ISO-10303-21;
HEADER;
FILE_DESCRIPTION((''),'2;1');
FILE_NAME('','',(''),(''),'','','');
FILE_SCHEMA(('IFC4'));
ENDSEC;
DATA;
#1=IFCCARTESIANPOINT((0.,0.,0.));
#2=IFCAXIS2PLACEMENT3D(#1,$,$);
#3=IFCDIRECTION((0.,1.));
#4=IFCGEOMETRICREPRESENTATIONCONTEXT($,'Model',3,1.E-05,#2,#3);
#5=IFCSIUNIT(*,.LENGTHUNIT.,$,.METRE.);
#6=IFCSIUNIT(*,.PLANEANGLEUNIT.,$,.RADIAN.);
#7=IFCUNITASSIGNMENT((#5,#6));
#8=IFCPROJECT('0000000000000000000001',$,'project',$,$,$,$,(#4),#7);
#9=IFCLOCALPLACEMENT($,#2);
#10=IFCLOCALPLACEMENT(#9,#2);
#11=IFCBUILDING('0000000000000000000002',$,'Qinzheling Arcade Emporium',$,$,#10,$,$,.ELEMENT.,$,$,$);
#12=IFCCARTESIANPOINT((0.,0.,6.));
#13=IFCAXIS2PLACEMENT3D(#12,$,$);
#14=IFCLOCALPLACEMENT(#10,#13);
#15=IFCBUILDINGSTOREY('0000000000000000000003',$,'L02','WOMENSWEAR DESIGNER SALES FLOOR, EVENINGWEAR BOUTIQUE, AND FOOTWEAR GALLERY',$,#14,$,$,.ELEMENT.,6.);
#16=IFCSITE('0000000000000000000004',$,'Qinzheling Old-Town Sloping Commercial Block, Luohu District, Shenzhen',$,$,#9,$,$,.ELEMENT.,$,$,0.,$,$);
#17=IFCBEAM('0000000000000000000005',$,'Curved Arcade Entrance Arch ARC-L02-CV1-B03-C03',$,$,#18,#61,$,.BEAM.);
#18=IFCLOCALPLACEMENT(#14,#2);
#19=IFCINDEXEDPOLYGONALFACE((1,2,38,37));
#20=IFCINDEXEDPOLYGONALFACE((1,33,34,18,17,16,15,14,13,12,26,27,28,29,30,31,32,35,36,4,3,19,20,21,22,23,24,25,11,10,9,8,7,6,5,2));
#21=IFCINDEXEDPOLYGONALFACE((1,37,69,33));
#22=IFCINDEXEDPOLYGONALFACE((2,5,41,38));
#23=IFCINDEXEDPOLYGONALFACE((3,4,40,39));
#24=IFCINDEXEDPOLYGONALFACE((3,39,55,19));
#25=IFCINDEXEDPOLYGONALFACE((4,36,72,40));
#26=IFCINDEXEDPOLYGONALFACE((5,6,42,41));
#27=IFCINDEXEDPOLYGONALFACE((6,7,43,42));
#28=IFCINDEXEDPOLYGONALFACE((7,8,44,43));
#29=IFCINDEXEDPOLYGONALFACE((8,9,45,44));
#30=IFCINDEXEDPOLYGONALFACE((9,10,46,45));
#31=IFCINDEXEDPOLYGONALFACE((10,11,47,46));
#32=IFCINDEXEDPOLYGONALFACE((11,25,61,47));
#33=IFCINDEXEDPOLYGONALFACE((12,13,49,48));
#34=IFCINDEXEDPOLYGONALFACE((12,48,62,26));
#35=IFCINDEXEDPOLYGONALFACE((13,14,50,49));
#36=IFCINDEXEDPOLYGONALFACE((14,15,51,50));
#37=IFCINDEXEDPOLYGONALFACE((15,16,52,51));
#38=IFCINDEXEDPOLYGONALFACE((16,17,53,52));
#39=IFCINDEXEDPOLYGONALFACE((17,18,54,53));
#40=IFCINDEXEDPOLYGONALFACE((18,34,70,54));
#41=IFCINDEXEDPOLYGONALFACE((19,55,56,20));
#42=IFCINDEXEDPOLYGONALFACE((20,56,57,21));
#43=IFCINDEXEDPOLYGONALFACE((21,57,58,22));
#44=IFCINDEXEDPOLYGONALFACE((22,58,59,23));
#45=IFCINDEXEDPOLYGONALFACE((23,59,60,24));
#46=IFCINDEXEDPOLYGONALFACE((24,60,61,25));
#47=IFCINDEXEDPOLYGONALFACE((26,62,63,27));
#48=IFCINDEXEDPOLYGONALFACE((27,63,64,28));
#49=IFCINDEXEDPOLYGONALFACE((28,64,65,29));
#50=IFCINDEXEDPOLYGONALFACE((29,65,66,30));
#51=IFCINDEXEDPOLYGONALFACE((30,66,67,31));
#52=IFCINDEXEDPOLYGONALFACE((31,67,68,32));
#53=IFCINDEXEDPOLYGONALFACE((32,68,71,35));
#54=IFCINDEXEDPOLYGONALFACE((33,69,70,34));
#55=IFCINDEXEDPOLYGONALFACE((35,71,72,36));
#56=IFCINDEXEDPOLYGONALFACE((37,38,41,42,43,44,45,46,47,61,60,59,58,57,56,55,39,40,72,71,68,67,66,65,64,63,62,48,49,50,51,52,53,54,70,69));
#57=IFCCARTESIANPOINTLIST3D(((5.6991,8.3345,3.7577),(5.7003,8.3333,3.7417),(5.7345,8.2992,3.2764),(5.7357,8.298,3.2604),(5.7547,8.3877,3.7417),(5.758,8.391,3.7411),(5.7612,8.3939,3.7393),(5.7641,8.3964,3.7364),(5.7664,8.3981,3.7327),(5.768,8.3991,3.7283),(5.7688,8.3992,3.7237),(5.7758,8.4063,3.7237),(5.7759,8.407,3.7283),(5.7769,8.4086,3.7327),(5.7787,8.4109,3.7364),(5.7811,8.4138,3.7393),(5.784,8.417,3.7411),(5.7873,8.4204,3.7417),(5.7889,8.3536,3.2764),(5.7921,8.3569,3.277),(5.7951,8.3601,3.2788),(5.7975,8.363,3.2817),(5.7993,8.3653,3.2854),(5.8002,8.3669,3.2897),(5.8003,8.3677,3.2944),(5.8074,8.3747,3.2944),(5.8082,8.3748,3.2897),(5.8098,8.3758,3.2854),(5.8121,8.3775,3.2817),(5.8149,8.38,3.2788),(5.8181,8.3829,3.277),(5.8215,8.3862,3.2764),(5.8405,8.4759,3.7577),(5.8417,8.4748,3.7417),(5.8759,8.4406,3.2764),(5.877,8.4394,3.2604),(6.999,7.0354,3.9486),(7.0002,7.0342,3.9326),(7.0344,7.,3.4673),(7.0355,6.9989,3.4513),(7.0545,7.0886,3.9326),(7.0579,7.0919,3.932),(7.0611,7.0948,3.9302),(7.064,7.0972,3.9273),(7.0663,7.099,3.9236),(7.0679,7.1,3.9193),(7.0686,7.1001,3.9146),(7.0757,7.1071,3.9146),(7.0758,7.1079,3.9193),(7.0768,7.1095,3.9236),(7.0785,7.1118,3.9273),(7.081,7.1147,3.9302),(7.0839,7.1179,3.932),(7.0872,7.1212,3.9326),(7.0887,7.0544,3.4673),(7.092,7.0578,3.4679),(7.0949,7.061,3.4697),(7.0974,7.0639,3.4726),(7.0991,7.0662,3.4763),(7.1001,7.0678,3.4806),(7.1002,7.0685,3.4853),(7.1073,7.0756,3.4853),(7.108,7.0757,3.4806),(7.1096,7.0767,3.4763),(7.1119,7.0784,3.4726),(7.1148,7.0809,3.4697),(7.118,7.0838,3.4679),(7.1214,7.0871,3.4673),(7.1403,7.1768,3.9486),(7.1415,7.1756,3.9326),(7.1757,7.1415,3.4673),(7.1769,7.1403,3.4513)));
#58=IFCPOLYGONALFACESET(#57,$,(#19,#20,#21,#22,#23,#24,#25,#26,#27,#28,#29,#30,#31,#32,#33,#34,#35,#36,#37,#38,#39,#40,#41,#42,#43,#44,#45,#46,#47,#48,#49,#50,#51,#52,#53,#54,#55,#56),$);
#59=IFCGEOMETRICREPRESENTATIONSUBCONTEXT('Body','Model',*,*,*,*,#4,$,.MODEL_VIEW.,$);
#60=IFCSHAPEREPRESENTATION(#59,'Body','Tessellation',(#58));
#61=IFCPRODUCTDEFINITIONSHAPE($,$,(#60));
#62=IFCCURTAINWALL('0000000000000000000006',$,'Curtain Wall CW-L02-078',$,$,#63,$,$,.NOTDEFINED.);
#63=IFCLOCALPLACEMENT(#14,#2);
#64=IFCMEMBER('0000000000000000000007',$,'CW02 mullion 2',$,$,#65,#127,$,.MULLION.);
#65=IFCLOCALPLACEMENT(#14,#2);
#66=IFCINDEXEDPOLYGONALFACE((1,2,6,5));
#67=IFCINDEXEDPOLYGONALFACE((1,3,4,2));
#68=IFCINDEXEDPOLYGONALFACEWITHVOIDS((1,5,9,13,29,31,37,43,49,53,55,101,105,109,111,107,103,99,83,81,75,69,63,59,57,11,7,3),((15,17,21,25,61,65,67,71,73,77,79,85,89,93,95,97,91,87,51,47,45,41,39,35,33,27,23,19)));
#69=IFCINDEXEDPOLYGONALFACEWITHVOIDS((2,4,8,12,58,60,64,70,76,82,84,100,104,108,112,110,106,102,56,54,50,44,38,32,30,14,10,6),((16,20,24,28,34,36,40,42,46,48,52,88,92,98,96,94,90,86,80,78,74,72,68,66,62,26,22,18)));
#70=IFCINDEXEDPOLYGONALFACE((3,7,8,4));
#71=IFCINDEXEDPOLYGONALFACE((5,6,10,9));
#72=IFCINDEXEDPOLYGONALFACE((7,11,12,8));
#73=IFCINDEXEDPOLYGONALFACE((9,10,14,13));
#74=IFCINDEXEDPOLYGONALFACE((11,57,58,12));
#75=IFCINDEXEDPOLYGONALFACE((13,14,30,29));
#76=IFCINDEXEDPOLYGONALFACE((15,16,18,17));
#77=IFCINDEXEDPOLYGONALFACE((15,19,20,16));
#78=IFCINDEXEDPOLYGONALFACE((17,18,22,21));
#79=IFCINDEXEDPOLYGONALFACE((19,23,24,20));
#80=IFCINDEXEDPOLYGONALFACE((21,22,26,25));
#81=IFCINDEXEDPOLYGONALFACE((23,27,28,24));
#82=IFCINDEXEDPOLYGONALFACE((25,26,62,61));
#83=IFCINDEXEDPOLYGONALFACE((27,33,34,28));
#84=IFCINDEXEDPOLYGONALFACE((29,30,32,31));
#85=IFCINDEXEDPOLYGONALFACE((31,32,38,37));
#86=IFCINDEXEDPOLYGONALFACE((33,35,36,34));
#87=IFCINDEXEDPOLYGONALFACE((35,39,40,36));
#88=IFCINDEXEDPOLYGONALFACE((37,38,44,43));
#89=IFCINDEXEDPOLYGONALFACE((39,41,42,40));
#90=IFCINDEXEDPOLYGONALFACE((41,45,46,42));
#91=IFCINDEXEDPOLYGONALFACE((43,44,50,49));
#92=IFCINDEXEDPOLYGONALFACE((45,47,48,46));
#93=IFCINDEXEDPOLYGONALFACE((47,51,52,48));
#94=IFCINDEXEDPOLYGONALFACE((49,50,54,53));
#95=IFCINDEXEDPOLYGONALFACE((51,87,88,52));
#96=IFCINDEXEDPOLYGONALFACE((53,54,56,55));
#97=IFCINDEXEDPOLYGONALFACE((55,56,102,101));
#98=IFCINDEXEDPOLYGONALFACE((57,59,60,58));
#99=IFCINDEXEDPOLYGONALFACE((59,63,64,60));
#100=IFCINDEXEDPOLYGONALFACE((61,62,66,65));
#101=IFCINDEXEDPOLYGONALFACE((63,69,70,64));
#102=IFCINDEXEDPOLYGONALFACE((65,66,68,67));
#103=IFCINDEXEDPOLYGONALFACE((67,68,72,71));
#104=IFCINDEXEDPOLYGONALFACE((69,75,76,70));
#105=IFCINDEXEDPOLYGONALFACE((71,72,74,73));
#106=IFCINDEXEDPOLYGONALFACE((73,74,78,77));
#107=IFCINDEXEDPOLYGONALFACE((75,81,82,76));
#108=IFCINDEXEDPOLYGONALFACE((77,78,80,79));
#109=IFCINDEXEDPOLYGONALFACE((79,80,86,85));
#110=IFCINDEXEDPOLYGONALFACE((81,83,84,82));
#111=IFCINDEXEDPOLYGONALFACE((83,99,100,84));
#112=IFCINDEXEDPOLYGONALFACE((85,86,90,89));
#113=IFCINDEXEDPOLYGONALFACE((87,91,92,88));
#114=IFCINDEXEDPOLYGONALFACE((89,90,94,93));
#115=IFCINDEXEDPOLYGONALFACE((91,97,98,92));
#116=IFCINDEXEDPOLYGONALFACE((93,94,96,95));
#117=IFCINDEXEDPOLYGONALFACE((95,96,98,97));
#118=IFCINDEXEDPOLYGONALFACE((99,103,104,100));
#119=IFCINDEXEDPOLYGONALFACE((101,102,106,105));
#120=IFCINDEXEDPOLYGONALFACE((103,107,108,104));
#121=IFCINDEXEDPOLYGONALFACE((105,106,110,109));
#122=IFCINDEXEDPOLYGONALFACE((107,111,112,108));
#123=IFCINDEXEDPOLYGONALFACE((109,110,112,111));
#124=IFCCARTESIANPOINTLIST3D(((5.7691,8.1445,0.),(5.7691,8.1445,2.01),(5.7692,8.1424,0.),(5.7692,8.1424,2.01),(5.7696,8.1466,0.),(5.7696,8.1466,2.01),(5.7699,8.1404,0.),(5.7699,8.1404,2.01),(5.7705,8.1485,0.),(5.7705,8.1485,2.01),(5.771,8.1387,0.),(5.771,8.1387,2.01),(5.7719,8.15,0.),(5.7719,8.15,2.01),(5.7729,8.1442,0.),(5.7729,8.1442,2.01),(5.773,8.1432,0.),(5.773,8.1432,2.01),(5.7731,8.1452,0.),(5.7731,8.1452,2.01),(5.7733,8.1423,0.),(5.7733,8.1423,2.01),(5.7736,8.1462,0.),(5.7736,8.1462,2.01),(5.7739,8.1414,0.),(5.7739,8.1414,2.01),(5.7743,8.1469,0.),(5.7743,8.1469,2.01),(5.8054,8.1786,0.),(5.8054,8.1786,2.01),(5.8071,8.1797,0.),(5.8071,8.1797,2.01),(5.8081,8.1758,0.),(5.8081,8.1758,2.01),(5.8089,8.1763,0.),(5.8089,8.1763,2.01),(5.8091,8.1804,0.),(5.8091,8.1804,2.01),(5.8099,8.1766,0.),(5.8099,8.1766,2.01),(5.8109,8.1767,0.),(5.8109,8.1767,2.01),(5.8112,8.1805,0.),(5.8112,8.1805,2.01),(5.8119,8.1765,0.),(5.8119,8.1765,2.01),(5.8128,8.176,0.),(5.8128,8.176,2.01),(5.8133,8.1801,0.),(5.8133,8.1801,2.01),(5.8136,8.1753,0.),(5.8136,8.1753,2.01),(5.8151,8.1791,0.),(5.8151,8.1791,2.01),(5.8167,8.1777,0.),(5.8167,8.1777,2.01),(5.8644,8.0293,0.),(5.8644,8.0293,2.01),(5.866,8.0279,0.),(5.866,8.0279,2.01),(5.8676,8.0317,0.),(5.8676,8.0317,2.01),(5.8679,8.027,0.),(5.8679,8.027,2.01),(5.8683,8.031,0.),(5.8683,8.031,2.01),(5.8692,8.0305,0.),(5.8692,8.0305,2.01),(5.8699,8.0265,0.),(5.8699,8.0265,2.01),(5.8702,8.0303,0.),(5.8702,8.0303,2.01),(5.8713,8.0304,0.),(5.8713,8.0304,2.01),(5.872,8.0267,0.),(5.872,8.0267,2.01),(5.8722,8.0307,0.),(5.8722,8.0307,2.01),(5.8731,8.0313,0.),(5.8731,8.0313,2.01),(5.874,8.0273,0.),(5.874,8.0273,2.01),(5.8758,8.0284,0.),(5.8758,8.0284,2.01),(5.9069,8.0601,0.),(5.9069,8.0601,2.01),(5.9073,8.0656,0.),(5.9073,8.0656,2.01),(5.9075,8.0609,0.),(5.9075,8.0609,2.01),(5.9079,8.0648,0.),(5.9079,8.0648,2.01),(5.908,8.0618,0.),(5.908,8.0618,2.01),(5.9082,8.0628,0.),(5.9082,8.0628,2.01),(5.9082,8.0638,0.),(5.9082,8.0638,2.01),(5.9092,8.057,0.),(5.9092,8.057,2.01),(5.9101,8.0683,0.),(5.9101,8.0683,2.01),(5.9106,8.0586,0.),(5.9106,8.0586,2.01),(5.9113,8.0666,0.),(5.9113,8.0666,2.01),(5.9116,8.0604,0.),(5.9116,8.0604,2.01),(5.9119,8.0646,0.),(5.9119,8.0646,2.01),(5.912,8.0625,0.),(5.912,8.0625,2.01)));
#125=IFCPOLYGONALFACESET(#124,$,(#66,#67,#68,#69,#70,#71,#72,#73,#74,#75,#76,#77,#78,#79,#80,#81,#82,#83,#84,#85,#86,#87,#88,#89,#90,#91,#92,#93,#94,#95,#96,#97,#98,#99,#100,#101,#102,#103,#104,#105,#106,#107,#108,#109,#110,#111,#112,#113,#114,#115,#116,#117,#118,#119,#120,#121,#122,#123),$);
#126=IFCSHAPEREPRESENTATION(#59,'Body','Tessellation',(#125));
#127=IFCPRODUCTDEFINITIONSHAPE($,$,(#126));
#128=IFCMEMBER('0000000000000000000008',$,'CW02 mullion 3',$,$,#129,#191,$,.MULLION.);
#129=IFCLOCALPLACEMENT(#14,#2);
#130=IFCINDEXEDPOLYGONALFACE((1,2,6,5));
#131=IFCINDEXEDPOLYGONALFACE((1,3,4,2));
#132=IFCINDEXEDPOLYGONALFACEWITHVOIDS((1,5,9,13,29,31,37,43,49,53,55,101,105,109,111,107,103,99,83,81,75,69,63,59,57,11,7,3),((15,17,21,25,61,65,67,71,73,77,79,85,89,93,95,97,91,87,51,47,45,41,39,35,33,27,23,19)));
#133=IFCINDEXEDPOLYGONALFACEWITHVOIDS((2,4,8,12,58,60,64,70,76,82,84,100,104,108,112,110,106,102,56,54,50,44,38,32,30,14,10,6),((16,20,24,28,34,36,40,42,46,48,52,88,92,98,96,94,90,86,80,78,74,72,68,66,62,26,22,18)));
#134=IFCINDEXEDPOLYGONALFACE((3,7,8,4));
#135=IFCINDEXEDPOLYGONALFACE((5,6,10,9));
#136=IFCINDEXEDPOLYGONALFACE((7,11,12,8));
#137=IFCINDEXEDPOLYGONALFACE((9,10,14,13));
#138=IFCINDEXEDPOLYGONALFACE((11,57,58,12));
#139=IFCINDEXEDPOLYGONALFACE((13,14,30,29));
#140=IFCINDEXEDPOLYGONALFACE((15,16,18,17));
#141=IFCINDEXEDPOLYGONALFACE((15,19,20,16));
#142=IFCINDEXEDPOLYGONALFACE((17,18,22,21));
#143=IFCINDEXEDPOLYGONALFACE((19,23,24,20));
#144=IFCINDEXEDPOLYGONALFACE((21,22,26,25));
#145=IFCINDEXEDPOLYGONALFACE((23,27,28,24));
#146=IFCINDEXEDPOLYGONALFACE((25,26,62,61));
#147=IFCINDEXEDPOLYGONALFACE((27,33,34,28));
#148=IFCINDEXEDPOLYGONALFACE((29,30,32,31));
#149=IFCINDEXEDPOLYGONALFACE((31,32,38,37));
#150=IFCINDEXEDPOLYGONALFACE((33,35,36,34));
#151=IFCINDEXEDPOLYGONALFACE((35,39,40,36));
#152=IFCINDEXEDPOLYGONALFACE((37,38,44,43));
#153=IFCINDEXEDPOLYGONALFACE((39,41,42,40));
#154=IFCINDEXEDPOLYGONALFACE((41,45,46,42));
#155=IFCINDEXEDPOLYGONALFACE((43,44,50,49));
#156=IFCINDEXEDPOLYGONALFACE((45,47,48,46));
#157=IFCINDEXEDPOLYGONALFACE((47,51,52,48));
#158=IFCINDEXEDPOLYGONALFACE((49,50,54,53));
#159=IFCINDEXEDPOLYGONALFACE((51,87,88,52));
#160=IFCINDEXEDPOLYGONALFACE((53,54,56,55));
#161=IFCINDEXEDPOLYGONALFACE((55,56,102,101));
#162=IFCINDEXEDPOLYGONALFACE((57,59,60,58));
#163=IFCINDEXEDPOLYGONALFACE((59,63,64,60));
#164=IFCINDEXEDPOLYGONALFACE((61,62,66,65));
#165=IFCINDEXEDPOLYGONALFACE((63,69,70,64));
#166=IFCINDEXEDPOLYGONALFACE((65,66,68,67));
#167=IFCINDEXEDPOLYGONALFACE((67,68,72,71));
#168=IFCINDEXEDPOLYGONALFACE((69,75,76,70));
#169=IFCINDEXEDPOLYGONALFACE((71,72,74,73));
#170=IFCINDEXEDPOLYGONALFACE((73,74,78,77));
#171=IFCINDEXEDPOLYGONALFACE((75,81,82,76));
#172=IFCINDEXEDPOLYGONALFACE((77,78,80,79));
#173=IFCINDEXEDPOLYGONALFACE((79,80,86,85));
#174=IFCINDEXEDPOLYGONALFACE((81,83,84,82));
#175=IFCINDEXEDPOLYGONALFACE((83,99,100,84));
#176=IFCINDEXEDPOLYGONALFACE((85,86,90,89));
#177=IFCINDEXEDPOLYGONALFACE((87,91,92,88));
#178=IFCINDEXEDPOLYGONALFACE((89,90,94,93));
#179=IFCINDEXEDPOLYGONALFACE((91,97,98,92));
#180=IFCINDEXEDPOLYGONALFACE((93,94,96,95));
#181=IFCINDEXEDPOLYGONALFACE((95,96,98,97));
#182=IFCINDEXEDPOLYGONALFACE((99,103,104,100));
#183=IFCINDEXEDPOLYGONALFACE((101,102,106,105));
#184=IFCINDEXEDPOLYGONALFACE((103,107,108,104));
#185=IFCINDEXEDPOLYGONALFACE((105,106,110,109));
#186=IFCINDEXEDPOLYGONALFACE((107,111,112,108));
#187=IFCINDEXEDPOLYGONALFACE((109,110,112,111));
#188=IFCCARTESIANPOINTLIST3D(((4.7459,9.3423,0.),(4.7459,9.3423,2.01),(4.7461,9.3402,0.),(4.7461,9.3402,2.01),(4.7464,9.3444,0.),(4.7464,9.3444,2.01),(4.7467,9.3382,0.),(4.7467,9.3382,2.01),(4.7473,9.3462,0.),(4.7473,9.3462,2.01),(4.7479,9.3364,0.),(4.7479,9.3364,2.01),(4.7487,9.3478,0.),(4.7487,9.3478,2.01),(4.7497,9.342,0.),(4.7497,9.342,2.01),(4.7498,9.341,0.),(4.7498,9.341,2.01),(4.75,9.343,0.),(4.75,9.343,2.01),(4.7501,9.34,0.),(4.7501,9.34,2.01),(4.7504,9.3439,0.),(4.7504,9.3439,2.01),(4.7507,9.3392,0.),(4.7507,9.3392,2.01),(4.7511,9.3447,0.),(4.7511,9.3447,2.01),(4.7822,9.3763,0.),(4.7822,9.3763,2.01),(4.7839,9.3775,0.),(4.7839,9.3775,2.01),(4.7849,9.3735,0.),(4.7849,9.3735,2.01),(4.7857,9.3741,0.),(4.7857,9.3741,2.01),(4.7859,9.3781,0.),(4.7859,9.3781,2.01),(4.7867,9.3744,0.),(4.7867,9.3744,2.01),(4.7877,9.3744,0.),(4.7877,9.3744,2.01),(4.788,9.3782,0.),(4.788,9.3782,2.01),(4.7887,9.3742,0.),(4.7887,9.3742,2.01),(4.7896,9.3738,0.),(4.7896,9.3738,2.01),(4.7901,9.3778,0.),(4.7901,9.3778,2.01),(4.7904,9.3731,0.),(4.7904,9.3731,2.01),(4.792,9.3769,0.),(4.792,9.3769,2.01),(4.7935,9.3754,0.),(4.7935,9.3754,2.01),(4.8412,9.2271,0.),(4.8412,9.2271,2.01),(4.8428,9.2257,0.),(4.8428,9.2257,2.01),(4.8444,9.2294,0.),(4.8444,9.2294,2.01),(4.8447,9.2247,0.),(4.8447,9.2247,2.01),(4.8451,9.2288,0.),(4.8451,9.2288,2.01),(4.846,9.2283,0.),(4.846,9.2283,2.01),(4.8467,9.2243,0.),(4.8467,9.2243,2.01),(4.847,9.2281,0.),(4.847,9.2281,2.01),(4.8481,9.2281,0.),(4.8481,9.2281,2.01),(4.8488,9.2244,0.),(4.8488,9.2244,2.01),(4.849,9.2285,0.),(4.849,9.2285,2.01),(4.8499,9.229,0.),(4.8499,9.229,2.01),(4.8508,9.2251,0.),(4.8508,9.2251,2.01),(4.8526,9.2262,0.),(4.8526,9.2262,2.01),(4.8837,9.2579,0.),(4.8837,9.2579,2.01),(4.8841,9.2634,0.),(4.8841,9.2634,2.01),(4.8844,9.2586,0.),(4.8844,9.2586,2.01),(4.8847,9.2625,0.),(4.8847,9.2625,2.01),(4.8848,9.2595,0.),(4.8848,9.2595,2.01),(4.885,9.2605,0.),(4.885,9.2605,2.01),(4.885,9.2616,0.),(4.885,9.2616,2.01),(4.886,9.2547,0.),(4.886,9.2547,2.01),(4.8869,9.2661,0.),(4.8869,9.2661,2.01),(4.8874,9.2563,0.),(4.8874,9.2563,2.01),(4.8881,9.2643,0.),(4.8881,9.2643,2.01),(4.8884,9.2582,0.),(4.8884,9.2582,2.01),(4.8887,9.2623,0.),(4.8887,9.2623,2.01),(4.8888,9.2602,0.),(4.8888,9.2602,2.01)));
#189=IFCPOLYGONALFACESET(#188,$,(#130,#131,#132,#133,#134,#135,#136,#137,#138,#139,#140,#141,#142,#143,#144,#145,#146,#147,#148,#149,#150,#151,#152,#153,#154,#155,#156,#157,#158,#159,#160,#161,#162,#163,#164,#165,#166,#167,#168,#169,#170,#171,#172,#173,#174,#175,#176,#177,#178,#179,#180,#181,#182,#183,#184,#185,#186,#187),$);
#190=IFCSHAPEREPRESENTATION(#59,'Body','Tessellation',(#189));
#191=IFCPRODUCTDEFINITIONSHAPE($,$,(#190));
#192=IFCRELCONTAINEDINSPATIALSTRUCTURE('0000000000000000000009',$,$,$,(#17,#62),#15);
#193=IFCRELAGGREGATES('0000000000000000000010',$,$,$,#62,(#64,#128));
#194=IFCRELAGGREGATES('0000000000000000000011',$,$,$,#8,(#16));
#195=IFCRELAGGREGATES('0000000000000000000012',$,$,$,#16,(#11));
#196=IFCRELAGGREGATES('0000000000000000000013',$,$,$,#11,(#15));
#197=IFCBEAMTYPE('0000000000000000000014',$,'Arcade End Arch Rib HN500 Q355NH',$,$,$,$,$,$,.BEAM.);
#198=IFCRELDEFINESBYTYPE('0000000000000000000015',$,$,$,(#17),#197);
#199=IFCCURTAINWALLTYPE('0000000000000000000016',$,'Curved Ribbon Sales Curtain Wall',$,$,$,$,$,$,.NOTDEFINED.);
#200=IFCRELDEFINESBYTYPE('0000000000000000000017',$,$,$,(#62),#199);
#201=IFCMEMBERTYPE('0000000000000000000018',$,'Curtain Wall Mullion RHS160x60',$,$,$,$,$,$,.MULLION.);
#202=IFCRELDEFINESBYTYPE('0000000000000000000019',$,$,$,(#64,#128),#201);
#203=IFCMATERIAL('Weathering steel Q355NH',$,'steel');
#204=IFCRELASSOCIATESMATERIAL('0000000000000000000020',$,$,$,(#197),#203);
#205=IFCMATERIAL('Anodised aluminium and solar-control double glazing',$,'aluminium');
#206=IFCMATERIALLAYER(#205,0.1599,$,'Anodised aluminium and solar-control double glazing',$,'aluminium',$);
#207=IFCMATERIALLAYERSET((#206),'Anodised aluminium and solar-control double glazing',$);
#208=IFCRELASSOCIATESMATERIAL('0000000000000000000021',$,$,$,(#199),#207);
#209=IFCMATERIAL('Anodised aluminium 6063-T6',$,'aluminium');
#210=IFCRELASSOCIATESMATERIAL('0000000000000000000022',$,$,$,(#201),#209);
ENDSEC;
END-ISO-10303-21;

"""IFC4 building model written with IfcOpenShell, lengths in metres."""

from ifc_helpers import new_model, si_unit, direction, frame, origin, origin_2d, place, context, subcontext, project, spatial, hollow_rectangle, i_section, extrude, material, layer, layer_set, material_profile, profile_set, type_object, element, aggregate, save


model = new_model("IFC4")

# Units and contexts
model_context = context("Model", 3, precision=1e-05, world=origin(), true_north=direction((0.0, 1.0)))
body_context = subcontext(model_context, "Body", "Model", "MODEL_VIEW")
ifc_project = project(units=[si_unit("LENGTHUNIT", "METRE"), si_unit("PLANEANGLEUNIT", "RADIAN")], contexts=[model_context])

# Site, building, storey
site_placement = place(None, origin())
site = spatial("IfcSite", under=ifc_project, at=site_placement, Name="Qinzheling Old-Town Sloping Commercial Block, Luohu District, Shenzhen", CompositionType="ELEMENT", RefElevation=0.0)
building_placement = place(site_placement, origin())
building = spatial("IfcBuilding", under=site, at=building_placement, Name="Qinzheling Arcade Emporium", CompositionType="ELEMENT")
storey_placement = place(building_placement, frame((0.0, 0.0, 6.0)))
storey = spatial("IfcBuildingStorey", under=building, at=storey_placement, Name="L02", Description="WOMENSWEAR DESIGNER SALES FLOOR, EVENINGWEAR BOUTIQUE, AND FOOTWEAR GALLERY", CompositionType="ELEMENT", Elevation=6.0)

# Beam
ifc_material_1 = material(Name="Weathering steel Q355NH", Category="steel")
ifc_material_profile_1 = material_profile(ifc_material_1, i_section(OverallWidth=0.2, OverallDepth=0.5, WebThickness=0.01, FlangeThickness=0.0161, FilletRadius=0.0181, at=origin_2d()), Name="HN 500x200x10x16", Category="steel")
ifc_profile_set_1 = profile_set([ifc_material_profile_1], Name="Weathering steel Q355NH")
beam_type_1 = type_object("IfcBeamType", Name="Arcade End Arch Rib HN500 Q355NH", PredefinedType="BEAM", material=ifc_profile_set_1)
beam_1_placement = place(storey_placement, frame((5.7881, 8.387, 3.509), z_axis=(0.70352, -0.703123, 0.103334), x_axis=(0.706907, 0.707306, 0.0)))
element("IfcBeam", 1, at=beam_1_placement, inside=storey, type_object=beam_type_1, Name="Curved Arcade Entrance Arch ARC-L02-CV1-B03-C03", PredefinedType="BEAM", context=body_context, shape_type="SweptSolid", body=[
    extrude(i_section(OverallWidth=0.2, OverallDepth=0.5, WebThickness=0.01, FlangeThickness=0.0161, FilletRadius=0.0181, at=origin_2d()), origin(), (0.0, 0.0, 1.0), 1.8477),
])

# Curtain wall, members
ifc_material_2 = material(Name="Anodised aluminium and solar-control double glazing", Category="aluminium")
ifc_layer_1 = layer(ifc_material_2, 0.1599, Name="Anodised aluminium and solar-control double glazing", Category="aluminium")
ifc_layer_set_1 = layer_set([ifc_layer_1], Name="Anodised aluminium and solar-control double glazing")
curtain_wall_type = type_object("IfcCurtainWallType", Name="Curved Ribbon Sales Curtain Wall", PredefinedType="NOTDEFINED", material=ifc_layer_set_1)
curtain_wall_1_placement = place(storey_placement, origin())
curtain_wall_1 = element("IfcCurtainWall", 2, at=curtain_wall_1_placement, inside=storey, type_object=curtain_wall_type, Name="Curtain Wall CW-L02-078", PredefinedType="NOTDEFINED")
ifc_material_3 = material(Name="Anodised aluminium 6063-T6", Category="aluminium")
ifc_material_profile_2 = material_profile(ifc_material_3, hollow_rectangle(XDim=0.0601, YDim=0.1599, WallThickness=0.0039, InnerFilletRadius=0.0039, OuterFilletRadius=0.0081, at=origin_2d()), Name="RHS 160x60x4", Category="aluminium")
ifc_profile_set_2 = profile_set([ifc_material_profile_2], Name="Anodised aluminium 6063-T6")
member_type_1 = type_object("IfcMemberType", Name="Curtain Wall Mullion RHS160x60", PredefinedType="MULLION", material=ifc_profile_set_2)
member_1_placement = place(storey_placement, frame((5.8406, 8.1035, 0.0), z_axis=(0.0, 0.0, 1.0), x_axis=(-0.760377, -0.649482, 0.0)))
member_1 = element("IfcMember", 3, at=member_1_placement, type_object=member_type_1, Name="CW02 mullion 2", PredefinedType="MULLION", context=body_context, shape_type="SweptSolid", body=[
    extrude(hollow_rectangle(XDim=0.0601, YDim=0.1599, WallThickness=0.0039, InnerFilletRadius=0.0039, OuterFilletRadius=0.0081, at=origin_2d()), origin(), (0.0, 0.0, 1.0), 2.01),
])
member_2_placement = place(storey_placement, frame((4.8174, 9.3013, 0.0), z_axis=(0.0, 0.0, 1.0), x_axis=(-0.760377, -0.649482, 0.0)))
member_2 = element("IfcMember", 4, at=member_2_placement, type_object=member_type_1, Name="CW02 mullion 3", PredefinedType="MULLION", context=body_context, shape_type="SweptSolid", body=[
    extrude(hollow_rectangle(XDim=0.0601, YDim=0.1599, WallThickness=0.0039, InnerFilletRadius=0.0039, OuterFilletRadius=0.0081, at=origin_2d()), origin(), (0.0, 0.0, 1.0), 2.01),
])

aggregate(curtain_wall_1, [member_1, member_2])

save(model, "model.ifc")
